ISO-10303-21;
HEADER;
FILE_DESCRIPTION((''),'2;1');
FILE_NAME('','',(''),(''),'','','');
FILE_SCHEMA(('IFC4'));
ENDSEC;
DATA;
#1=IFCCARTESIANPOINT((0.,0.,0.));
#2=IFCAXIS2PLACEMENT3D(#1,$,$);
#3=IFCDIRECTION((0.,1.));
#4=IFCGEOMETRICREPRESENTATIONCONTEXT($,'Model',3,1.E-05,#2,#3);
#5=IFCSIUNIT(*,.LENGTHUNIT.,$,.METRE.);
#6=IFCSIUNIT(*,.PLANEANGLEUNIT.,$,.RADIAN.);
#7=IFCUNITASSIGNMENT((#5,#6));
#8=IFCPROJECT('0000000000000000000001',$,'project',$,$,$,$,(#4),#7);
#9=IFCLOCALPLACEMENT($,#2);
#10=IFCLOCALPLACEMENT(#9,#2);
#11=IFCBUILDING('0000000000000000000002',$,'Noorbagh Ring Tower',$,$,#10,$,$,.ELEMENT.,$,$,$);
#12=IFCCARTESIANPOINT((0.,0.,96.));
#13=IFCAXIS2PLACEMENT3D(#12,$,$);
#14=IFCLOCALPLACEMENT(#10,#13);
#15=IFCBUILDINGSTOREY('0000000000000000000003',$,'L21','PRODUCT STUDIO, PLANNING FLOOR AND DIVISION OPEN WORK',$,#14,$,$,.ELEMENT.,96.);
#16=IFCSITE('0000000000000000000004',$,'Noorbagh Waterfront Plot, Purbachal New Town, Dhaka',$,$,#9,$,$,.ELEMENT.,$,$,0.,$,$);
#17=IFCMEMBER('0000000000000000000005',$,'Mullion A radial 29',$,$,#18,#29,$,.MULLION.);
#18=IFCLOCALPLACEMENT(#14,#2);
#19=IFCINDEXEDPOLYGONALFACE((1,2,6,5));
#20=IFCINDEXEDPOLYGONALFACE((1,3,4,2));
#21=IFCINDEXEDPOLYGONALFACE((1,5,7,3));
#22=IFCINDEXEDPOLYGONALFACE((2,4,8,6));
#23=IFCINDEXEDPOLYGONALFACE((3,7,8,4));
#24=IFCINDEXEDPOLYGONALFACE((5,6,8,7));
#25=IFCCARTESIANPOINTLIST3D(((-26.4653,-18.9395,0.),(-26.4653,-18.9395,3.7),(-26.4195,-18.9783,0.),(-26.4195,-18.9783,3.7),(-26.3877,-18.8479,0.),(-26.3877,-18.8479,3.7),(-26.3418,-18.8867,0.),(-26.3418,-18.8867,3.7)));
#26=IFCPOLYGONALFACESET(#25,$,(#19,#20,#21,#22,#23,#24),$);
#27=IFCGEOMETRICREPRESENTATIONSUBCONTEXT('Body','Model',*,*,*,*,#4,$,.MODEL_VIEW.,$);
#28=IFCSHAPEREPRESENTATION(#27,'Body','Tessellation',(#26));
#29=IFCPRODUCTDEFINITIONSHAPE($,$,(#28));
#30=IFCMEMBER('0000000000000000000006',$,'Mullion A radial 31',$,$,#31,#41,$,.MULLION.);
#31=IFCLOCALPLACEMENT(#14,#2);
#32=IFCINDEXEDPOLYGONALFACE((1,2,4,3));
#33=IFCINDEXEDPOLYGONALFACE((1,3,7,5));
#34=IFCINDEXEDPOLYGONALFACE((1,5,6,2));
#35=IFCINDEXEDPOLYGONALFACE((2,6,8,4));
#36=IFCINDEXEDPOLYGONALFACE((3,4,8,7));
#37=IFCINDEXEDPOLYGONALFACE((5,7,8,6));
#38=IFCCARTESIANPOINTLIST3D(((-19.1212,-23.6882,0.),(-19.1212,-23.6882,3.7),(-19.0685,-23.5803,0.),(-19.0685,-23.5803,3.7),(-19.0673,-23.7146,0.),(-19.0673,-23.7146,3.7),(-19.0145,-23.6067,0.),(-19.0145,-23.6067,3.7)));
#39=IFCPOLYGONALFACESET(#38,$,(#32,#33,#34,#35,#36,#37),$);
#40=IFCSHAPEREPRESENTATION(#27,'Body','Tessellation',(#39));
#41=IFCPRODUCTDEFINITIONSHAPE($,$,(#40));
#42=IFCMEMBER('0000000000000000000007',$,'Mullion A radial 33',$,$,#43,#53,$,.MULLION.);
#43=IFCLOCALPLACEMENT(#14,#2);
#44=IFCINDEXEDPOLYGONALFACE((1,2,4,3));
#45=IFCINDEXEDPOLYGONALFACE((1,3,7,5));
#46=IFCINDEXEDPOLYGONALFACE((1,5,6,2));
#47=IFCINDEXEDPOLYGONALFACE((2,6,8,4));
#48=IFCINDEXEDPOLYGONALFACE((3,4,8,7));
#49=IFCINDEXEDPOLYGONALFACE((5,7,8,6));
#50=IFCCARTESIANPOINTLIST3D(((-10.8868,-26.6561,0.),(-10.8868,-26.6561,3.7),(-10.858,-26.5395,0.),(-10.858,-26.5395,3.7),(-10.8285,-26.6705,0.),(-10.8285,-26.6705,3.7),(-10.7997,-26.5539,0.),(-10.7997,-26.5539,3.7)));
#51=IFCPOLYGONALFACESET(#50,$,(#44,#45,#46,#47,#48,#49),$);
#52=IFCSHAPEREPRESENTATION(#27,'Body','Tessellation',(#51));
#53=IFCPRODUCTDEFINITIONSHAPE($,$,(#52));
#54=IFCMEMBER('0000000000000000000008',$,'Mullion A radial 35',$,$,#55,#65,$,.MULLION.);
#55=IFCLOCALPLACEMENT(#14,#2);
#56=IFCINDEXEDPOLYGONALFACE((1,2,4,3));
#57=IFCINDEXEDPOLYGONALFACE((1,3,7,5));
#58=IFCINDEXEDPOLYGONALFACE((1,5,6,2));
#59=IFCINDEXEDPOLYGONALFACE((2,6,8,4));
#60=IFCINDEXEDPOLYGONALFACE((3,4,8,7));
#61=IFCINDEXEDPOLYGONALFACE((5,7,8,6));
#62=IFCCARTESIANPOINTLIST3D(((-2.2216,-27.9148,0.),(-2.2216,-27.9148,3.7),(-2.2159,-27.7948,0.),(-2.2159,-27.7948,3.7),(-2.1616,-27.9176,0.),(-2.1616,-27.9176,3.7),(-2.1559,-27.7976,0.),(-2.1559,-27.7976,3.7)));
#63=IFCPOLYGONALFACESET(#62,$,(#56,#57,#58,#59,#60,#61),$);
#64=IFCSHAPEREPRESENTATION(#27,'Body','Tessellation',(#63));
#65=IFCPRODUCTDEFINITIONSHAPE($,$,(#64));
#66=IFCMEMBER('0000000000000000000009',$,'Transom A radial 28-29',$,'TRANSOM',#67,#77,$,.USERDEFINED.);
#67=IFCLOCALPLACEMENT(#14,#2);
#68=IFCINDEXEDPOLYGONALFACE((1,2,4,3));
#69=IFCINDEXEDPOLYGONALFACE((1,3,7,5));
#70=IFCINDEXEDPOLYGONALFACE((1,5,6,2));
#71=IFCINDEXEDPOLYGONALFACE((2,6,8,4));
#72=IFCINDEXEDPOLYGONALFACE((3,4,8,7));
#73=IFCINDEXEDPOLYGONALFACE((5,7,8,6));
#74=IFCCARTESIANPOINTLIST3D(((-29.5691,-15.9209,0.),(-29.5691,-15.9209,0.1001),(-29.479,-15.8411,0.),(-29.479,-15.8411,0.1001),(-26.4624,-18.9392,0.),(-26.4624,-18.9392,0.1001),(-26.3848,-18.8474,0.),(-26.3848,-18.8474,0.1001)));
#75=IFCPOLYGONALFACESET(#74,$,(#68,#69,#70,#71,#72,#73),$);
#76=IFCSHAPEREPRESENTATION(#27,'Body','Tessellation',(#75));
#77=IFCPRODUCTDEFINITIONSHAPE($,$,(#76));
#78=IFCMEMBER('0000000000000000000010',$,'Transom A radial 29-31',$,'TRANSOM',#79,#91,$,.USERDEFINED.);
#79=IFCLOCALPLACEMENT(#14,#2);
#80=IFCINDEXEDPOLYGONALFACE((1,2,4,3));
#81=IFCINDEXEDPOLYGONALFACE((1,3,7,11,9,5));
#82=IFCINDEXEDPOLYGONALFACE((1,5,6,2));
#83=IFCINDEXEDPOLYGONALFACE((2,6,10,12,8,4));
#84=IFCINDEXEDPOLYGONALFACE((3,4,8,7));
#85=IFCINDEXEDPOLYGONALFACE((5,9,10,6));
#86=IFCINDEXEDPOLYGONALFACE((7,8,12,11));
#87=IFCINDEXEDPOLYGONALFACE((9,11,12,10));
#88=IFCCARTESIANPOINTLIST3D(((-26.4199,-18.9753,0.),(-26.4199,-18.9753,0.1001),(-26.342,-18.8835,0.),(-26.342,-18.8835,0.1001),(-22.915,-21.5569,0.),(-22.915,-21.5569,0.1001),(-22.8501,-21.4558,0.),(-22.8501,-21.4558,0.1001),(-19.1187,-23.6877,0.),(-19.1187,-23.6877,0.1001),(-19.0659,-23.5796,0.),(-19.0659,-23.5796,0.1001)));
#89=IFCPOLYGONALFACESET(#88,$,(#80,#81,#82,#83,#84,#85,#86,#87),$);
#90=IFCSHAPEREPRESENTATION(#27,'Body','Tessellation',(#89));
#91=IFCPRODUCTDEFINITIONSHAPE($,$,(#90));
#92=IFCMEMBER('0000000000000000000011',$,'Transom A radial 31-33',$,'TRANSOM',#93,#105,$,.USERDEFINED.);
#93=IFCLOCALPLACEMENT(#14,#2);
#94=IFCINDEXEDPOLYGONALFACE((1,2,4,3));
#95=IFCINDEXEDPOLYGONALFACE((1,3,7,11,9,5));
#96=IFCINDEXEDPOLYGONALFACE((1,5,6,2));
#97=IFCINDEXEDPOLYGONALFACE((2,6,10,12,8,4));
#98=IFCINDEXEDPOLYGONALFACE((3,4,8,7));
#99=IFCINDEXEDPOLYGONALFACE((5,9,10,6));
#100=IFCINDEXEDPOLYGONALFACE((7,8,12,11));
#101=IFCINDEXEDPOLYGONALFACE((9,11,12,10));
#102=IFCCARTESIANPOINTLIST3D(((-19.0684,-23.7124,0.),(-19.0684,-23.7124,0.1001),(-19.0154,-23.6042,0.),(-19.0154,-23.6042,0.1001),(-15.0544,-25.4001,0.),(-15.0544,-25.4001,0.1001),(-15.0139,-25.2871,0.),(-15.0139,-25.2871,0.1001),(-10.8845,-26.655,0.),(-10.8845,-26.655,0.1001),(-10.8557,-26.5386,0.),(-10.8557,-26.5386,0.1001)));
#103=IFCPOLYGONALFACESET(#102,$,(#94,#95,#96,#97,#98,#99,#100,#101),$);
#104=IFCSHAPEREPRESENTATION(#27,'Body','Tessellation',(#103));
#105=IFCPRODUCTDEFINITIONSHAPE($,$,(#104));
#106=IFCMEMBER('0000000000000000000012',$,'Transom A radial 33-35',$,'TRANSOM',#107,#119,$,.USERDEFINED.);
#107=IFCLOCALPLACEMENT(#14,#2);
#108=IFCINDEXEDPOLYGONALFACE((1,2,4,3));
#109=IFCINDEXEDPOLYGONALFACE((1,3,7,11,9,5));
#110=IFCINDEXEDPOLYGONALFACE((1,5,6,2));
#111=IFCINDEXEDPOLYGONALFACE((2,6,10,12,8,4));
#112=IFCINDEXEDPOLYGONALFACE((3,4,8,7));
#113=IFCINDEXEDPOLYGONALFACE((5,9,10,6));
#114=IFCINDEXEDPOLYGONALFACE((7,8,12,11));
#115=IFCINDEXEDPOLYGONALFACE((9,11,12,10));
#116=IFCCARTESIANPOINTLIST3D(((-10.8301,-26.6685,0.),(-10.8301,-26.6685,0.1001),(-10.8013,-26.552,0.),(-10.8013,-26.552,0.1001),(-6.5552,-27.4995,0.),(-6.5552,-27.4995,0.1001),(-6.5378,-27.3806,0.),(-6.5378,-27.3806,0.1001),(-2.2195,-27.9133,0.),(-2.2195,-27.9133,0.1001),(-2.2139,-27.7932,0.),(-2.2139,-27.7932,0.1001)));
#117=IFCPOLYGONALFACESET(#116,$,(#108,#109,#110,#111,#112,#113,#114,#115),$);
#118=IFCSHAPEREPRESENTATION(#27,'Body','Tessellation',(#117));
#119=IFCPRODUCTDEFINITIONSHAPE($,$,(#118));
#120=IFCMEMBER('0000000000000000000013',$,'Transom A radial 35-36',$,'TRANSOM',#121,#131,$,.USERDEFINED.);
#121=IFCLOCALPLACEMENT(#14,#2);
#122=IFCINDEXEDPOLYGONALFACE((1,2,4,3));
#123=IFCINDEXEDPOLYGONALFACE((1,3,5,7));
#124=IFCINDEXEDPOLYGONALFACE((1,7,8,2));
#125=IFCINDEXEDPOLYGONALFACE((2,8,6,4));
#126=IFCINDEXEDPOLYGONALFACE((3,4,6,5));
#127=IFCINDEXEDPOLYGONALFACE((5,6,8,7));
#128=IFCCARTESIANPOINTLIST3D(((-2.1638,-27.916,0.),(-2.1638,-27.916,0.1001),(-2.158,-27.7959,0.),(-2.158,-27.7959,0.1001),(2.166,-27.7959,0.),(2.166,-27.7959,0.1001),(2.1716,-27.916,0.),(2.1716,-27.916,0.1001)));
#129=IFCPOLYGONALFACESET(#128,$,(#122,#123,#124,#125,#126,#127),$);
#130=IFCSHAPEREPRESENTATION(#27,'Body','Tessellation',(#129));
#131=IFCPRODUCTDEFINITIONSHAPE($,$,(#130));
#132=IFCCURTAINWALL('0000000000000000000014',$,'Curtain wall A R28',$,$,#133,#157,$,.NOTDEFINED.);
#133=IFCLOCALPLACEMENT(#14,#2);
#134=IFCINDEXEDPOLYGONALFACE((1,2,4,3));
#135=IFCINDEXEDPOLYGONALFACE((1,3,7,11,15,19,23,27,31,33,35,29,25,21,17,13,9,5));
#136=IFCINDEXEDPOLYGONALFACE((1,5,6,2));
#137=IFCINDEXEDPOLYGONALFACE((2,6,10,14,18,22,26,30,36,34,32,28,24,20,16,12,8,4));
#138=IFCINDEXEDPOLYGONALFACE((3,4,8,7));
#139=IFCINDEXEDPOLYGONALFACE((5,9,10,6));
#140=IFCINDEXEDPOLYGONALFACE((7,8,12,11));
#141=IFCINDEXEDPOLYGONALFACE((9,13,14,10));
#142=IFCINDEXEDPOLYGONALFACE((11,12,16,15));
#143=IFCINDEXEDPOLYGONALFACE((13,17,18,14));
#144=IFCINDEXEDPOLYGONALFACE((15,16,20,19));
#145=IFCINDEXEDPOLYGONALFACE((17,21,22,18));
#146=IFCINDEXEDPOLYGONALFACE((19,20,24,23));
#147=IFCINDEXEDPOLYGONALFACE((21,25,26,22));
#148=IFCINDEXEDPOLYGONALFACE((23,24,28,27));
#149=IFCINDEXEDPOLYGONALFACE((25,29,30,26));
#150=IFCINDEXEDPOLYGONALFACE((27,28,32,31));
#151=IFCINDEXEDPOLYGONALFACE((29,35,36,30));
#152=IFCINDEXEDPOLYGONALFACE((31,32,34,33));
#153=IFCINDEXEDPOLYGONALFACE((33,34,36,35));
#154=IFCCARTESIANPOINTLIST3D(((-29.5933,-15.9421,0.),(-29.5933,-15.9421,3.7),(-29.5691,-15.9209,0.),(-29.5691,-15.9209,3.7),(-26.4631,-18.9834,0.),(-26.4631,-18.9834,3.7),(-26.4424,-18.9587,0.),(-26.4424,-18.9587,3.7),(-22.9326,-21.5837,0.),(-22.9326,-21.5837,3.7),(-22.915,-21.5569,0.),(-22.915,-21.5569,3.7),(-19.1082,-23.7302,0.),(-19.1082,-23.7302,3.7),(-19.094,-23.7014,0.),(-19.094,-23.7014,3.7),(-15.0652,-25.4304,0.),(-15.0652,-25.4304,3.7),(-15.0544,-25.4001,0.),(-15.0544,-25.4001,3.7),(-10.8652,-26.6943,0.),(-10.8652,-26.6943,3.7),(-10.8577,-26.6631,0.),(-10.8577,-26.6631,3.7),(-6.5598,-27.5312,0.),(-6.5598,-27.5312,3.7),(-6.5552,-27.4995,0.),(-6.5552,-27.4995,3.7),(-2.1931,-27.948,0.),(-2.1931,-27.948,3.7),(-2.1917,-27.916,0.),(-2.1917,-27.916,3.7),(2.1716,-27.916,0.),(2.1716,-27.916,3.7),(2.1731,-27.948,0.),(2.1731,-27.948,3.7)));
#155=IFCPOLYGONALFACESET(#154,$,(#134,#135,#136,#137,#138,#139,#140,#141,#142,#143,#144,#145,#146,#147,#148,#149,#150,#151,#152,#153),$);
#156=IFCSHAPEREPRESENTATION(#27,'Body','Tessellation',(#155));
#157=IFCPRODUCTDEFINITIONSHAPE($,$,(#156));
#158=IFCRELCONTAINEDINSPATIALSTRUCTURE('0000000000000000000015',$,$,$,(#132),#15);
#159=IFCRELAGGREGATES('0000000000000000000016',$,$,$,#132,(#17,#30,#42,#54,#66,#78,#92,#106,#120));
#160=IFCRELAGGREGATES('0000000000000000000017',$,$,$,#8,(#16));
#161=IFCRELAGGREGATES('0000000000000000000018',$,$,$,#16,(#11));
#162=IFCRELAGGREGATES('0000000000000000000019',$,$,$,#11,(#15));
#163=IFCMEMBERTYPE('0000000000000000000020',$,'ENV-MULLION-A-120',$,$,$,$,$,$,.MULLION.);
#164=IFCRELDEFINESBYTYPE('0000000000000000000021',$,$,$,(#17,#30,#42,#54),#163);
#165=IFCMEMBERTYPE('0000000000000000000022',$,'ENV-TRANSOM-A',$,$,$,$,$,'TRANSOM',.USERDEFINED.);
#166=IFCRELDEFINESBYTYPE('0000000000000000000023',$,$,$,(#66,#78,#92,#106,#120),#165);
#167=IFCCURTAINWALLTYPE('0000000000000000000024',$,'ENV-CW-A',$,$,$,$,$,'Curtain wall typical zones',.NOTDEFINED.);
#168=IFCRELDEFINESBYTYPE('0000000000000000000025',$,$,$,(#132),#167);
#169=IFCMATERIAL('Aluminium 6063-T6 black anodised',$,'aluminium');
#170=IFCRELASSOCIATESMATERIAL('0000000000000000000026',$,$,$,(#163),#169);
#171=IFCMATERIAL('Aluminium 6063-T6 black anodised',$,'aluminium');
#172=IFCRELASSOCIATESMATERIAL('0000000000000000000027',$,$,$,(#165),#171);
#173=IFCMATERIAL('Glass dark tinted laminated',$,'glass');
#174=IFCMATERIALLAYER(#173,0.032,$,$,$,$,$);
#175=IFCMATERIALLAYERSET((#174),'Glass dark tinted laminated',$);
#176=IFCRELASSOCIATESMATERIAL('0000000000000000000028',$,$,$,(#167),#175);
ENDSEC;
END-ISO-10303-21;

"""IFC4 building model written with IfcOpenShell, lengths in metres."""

from ifc_helpers import new_model, si_unit, direction, frame, origin, origin_2d, place, context, subcontext, project, spatial, polyline, rectangle, outline, extrude, material, layer, layer_set, material_profile, profile_set, type_object, element, aggregate, save


model = new_model("IFC4")

# Units and contexts
model_context = context("Model", 3, precision=1e-05, world=origin(), true_north=direction((0.0, 1.0)))
body_context = subcontext(model_context, "Body", "Model", "MODEL_VIEW")
ifc_project = project(units=[si_unit("LENGTHUNIT", "METRE"), si_unit("PLANEANGLEUNIT", "RADIAN")], contexts=[model_context])

# Members
ifc_material_1 = material(Name="Aluminium 6063-T6 black anodised", Category="aluminium")
ifc_material_profile = material_profile(ifc_material_1, rectangle(XDim=0.1201, YDim=0.0601, at=origin_2d()), Name="120x60")
ifc_profile_set = profile_set([ifc_material_profile], Name="Aluminium 6063-T6 black anodised")
member_type_1 = type_object("IfcMemberType", Name="ENV-MULLION-A-120", PredefinedType="MULLION", material=ifc_profile_set)
site_placement = place(None, origin())
building_placement = place(site_placement, origin())
storey_placement = place(building_placement, frame((0.0, 0.0, 96.0)))
member_1_placement = place(storey_placement, frame((-26.4036, -18.9131, 0.0), z_axis=(0.0, 0.0, 1.0), x_axis=(0.646451, 0.762955, 0.0)))
member_1 = element("IfcMember", 1, at=member_1_placement, type_object=member_type_1, Name="Mullion A radial 29", PredefinedType="MULLION", context=body_context, shape_type="SweptSolid", body=[
    extrude(rectangle(XDim=0.1201, YDim=0.0601, at=origin_2d()), origin(), (0.0, 0.0, 1.0), 3.7),
])
member_2_placement = place(storey_placement, frame((-19.0679, -23.6475, 0.0), z_axis=(0.0, 0.0, 1.0), x_axis=(0.439238, 0.898371, 0.0)))
member_2 = element("IfcMember", 2, at=member_2_placement, type_object=member_type_1, Name="Mullion A radial 31", PredefinedType="MULLION", context=body_context, shape_type="SweptSolid", body=[
    extrude(rectangle(XDim=0.1201, YDim=0.0601, at=origin_2d()), origin(), (0.0, 0.0, 1.0), 3.7),
])
member_3_placement = place(storey_placement, frame((-10.8433, -26.605, 0.0), z_axis=(0.0, 0.0, 1.0), x_axis=(0.239799, 0.970823, 0.0)))
member_3 = element("IfcMember", 3, at=member_3_placement, type_object=member_type_1, Name="Mullion A radial 33", PredefinedType="MULLION", context=body_context, shape_type="SweptSolid", body=[
    extrude(rectangle(XDim=0.1201, YDim=0.0601, at=origin_2d()), origin(), (0.0, 0.0, 1.0), 3.7),
])
member_4_placement = place(storey_placement, frame((-2.1887, -27.8562, 0.0), z_axis=(0.0, 0.0, 1.0), x_axis=(0.047558, 0.998868, 0.0)))
member_4 = element("IfcMember", 4, at=member_4_placement, type_object=member_type_1, Name="Mullion A radial 35", PredefinedType="MULLION", context=body_context, shape_type="SweptSolid", body=[
    extrude(rectangle(XDim=0.1201, YDim=0.0601, at=origin_2d()), origin(), (0.0, 0.0, 1.0), 3.7),
])
ifc_material_2 = material(Name="Aluminium 6063-T6 black anodised", Category="aluminium")
member_type_2 = type_object("IfcMemberType", Name="ENV-TRANSOM-A", ElementType="TRANSOM", PredefinedType="USERDEFINED", material=ifc_material_2)
member_5_placement = place(storey_placement, origin())
member_5 = element("IfcMember", 5, at=member_5_placement, type_object=member_type_2, Name="Transom A radial 28-29", ObjectType="TRANSOM", PredefinedType="USERDEFINED", context=body_context, shape_type="SweptSolid", body=[
    extrude(outline(polyline([(-29.5691, -15.9209), (-26.4624, -18.9392), (-26.3848, -18.8474), (-29.479, -15.8411), (-29.5691, -15.9209)])), origin(), (0.0, 0.0, 1.0), 0.1001),
])
member_6_placement = place(storey_placement, origin())
member_6 = element("IfcMember", 6, at=member_6_placement, type_object=member_type_2, Name="Transom A radial 29-31", ObjectType="TRANSOM", PredefinedType="USERDEFINED", context=body_context, shape_type="SweptSolid", body=[
    extrude(outline(polyline([(-26.4199, -18.9753), (-22.915, -21.5569), (-19.1187, -23.6877), (-19.0659, -23.5796), (-22.8501, -21.4558), (-26.342, -18.8835), (-26.4199, -18.9753)])), origin(), (0.0, 0.0, 1.0), 0.1001),
])
member_7_placement = place(storey_placement, origin())
member_7 = element("IfcMember", 7, at=member_7_placement, type_object=member_type_2, Name="Transom A radial 31-33", ObjectType="TRANSOM", PredefinedType="USERDEFINED", context=body_context, shape_type="SweptSolid", body=[
    extrude(outline(polyline([(-19.0684, -23.7124), (-15.0544, -25.4001), (-10.8845, -26.655), (-10.8557, -26.5386), (-15.0139, -25.2871), (-19.0154, -23.6042), (-19.0684, -23.7124)])), origin(), (0.0, 0.0, 1.0), 0.1001),
])
member_8_placement = place(storey_placement, origin())
member_8 = element("IfcMember", 8, at=member_8_placement, type_object=member_type_2, Name="Transom A radial 33-35", ObjectType="TRANSOM", PredefinedType="USERDEFINED", context=body_context, shape_type="SweptSolid", body=[
    extrude(outline(polyline([(-10.8301, -26.6685), (-6.5552, -27.4995), (-2.2195, -27.9133), (-2.2139, -27.7932), (-6.5378, -27.3806), (-10.8013, -26.552), (-10.8301, -26.6685)])), origin(), (0.0, 0.0, 1.0), 0.1001),
])
member_9_placement = place(storey_placement, origin())
member_9 = element("IfcMember", 9, at=member_9_placement, type_object=member_type_2, Name="Transom A radial 35-36", ObjectType="TRANSOM", PredefinedType="USERDEFINED", context=body_context, shape_type="SweptSolid", body=[
    extrude(outline(polyline([(-2.1638, -27.916), (2.1716, -27.916), (2.166, -27.7959), (-2.158, -27.7959), (-2.1638, -27.916)])), origin(), (0.0, 0.0, 1.0), 0.1001),
])

# Site, building, storey
site = spatial("IfcSite", under=ifc_project, at=site_placement, Name="Noorbagh Waterfront Plot, Purbachal New Town, Dhaka", CompositionType="ELEMENT", RefElevation=0.0)
building = spatial("IfcBuilding", under=site, at=building_placement, Name="Noorbagh Ring Tower", CompositionType="ELEMENT")
storey = spatial("IfcBuildingStorey", under=building, at=storey_placement, Name="L21", Description="PRODUCT STUDIO, PLANNING FLOOR AND DIVISION OPEN WORK", CompositionType="ELEMENT", Elevation=96.0)

# Curtain wall
ifc_material_3 = material(Name="Glass dark tinted laminated", Category="glass")
ifc_layer = layer(ifc_material_3, 0.032)
ifc_layer_set = layer_set([ifc_layer], Name="Glass dark tinted laminated")
curtain_wall_type = type_object("IfcCurtainWallType", Name="ENV-CW-A", ElementType="Curtain wall typical zones", PredefinedType="NOTDEFINED", material=ifc_layer_set)
curtain_wall_1_placement = place(storey_placement, origin())
curtain_wall_1 = element("IfcCurtainWall", 10, at=curtain_wall_1_placement, inside=storey, type_object=curtain_wall_type, Name="Curtain wall A R28", PredefinedType="NOTDEFINED", context=body_context, shape_type="SweptSolid", body=[
    extrude(outline(polyline([(-29.5933, -15.9421), (-26.4631, -18.9834), (-22.9326, -21.5837), (-19.1082, -23.7302), (-15.0652, -25.4304), (-10.8652, -26.6943), (-6.5598, -27.5312), (-2.1931, -27.948), (2.1731, -27.948), (2.1716, -27.916), (-2.1917, -27.916), (-6.5552, -27.4995), (-10.8577, -26.6631), (-15.0544, -25.4001), (-19.094, -23.7014), (-22.915, -21.5569), (-26.4424, -18.9587), (-29.5691, -15.9209), (-29.5933, -15.9421)])), origin(), (0.0, 0.0, 1.0), 3.7),
])
aggregate(curtain_wall_1, [member_1, member_2, member_3, member_4, member_5, member_6, member_7, member_8, member_9])

save(model, "model.ifc")
